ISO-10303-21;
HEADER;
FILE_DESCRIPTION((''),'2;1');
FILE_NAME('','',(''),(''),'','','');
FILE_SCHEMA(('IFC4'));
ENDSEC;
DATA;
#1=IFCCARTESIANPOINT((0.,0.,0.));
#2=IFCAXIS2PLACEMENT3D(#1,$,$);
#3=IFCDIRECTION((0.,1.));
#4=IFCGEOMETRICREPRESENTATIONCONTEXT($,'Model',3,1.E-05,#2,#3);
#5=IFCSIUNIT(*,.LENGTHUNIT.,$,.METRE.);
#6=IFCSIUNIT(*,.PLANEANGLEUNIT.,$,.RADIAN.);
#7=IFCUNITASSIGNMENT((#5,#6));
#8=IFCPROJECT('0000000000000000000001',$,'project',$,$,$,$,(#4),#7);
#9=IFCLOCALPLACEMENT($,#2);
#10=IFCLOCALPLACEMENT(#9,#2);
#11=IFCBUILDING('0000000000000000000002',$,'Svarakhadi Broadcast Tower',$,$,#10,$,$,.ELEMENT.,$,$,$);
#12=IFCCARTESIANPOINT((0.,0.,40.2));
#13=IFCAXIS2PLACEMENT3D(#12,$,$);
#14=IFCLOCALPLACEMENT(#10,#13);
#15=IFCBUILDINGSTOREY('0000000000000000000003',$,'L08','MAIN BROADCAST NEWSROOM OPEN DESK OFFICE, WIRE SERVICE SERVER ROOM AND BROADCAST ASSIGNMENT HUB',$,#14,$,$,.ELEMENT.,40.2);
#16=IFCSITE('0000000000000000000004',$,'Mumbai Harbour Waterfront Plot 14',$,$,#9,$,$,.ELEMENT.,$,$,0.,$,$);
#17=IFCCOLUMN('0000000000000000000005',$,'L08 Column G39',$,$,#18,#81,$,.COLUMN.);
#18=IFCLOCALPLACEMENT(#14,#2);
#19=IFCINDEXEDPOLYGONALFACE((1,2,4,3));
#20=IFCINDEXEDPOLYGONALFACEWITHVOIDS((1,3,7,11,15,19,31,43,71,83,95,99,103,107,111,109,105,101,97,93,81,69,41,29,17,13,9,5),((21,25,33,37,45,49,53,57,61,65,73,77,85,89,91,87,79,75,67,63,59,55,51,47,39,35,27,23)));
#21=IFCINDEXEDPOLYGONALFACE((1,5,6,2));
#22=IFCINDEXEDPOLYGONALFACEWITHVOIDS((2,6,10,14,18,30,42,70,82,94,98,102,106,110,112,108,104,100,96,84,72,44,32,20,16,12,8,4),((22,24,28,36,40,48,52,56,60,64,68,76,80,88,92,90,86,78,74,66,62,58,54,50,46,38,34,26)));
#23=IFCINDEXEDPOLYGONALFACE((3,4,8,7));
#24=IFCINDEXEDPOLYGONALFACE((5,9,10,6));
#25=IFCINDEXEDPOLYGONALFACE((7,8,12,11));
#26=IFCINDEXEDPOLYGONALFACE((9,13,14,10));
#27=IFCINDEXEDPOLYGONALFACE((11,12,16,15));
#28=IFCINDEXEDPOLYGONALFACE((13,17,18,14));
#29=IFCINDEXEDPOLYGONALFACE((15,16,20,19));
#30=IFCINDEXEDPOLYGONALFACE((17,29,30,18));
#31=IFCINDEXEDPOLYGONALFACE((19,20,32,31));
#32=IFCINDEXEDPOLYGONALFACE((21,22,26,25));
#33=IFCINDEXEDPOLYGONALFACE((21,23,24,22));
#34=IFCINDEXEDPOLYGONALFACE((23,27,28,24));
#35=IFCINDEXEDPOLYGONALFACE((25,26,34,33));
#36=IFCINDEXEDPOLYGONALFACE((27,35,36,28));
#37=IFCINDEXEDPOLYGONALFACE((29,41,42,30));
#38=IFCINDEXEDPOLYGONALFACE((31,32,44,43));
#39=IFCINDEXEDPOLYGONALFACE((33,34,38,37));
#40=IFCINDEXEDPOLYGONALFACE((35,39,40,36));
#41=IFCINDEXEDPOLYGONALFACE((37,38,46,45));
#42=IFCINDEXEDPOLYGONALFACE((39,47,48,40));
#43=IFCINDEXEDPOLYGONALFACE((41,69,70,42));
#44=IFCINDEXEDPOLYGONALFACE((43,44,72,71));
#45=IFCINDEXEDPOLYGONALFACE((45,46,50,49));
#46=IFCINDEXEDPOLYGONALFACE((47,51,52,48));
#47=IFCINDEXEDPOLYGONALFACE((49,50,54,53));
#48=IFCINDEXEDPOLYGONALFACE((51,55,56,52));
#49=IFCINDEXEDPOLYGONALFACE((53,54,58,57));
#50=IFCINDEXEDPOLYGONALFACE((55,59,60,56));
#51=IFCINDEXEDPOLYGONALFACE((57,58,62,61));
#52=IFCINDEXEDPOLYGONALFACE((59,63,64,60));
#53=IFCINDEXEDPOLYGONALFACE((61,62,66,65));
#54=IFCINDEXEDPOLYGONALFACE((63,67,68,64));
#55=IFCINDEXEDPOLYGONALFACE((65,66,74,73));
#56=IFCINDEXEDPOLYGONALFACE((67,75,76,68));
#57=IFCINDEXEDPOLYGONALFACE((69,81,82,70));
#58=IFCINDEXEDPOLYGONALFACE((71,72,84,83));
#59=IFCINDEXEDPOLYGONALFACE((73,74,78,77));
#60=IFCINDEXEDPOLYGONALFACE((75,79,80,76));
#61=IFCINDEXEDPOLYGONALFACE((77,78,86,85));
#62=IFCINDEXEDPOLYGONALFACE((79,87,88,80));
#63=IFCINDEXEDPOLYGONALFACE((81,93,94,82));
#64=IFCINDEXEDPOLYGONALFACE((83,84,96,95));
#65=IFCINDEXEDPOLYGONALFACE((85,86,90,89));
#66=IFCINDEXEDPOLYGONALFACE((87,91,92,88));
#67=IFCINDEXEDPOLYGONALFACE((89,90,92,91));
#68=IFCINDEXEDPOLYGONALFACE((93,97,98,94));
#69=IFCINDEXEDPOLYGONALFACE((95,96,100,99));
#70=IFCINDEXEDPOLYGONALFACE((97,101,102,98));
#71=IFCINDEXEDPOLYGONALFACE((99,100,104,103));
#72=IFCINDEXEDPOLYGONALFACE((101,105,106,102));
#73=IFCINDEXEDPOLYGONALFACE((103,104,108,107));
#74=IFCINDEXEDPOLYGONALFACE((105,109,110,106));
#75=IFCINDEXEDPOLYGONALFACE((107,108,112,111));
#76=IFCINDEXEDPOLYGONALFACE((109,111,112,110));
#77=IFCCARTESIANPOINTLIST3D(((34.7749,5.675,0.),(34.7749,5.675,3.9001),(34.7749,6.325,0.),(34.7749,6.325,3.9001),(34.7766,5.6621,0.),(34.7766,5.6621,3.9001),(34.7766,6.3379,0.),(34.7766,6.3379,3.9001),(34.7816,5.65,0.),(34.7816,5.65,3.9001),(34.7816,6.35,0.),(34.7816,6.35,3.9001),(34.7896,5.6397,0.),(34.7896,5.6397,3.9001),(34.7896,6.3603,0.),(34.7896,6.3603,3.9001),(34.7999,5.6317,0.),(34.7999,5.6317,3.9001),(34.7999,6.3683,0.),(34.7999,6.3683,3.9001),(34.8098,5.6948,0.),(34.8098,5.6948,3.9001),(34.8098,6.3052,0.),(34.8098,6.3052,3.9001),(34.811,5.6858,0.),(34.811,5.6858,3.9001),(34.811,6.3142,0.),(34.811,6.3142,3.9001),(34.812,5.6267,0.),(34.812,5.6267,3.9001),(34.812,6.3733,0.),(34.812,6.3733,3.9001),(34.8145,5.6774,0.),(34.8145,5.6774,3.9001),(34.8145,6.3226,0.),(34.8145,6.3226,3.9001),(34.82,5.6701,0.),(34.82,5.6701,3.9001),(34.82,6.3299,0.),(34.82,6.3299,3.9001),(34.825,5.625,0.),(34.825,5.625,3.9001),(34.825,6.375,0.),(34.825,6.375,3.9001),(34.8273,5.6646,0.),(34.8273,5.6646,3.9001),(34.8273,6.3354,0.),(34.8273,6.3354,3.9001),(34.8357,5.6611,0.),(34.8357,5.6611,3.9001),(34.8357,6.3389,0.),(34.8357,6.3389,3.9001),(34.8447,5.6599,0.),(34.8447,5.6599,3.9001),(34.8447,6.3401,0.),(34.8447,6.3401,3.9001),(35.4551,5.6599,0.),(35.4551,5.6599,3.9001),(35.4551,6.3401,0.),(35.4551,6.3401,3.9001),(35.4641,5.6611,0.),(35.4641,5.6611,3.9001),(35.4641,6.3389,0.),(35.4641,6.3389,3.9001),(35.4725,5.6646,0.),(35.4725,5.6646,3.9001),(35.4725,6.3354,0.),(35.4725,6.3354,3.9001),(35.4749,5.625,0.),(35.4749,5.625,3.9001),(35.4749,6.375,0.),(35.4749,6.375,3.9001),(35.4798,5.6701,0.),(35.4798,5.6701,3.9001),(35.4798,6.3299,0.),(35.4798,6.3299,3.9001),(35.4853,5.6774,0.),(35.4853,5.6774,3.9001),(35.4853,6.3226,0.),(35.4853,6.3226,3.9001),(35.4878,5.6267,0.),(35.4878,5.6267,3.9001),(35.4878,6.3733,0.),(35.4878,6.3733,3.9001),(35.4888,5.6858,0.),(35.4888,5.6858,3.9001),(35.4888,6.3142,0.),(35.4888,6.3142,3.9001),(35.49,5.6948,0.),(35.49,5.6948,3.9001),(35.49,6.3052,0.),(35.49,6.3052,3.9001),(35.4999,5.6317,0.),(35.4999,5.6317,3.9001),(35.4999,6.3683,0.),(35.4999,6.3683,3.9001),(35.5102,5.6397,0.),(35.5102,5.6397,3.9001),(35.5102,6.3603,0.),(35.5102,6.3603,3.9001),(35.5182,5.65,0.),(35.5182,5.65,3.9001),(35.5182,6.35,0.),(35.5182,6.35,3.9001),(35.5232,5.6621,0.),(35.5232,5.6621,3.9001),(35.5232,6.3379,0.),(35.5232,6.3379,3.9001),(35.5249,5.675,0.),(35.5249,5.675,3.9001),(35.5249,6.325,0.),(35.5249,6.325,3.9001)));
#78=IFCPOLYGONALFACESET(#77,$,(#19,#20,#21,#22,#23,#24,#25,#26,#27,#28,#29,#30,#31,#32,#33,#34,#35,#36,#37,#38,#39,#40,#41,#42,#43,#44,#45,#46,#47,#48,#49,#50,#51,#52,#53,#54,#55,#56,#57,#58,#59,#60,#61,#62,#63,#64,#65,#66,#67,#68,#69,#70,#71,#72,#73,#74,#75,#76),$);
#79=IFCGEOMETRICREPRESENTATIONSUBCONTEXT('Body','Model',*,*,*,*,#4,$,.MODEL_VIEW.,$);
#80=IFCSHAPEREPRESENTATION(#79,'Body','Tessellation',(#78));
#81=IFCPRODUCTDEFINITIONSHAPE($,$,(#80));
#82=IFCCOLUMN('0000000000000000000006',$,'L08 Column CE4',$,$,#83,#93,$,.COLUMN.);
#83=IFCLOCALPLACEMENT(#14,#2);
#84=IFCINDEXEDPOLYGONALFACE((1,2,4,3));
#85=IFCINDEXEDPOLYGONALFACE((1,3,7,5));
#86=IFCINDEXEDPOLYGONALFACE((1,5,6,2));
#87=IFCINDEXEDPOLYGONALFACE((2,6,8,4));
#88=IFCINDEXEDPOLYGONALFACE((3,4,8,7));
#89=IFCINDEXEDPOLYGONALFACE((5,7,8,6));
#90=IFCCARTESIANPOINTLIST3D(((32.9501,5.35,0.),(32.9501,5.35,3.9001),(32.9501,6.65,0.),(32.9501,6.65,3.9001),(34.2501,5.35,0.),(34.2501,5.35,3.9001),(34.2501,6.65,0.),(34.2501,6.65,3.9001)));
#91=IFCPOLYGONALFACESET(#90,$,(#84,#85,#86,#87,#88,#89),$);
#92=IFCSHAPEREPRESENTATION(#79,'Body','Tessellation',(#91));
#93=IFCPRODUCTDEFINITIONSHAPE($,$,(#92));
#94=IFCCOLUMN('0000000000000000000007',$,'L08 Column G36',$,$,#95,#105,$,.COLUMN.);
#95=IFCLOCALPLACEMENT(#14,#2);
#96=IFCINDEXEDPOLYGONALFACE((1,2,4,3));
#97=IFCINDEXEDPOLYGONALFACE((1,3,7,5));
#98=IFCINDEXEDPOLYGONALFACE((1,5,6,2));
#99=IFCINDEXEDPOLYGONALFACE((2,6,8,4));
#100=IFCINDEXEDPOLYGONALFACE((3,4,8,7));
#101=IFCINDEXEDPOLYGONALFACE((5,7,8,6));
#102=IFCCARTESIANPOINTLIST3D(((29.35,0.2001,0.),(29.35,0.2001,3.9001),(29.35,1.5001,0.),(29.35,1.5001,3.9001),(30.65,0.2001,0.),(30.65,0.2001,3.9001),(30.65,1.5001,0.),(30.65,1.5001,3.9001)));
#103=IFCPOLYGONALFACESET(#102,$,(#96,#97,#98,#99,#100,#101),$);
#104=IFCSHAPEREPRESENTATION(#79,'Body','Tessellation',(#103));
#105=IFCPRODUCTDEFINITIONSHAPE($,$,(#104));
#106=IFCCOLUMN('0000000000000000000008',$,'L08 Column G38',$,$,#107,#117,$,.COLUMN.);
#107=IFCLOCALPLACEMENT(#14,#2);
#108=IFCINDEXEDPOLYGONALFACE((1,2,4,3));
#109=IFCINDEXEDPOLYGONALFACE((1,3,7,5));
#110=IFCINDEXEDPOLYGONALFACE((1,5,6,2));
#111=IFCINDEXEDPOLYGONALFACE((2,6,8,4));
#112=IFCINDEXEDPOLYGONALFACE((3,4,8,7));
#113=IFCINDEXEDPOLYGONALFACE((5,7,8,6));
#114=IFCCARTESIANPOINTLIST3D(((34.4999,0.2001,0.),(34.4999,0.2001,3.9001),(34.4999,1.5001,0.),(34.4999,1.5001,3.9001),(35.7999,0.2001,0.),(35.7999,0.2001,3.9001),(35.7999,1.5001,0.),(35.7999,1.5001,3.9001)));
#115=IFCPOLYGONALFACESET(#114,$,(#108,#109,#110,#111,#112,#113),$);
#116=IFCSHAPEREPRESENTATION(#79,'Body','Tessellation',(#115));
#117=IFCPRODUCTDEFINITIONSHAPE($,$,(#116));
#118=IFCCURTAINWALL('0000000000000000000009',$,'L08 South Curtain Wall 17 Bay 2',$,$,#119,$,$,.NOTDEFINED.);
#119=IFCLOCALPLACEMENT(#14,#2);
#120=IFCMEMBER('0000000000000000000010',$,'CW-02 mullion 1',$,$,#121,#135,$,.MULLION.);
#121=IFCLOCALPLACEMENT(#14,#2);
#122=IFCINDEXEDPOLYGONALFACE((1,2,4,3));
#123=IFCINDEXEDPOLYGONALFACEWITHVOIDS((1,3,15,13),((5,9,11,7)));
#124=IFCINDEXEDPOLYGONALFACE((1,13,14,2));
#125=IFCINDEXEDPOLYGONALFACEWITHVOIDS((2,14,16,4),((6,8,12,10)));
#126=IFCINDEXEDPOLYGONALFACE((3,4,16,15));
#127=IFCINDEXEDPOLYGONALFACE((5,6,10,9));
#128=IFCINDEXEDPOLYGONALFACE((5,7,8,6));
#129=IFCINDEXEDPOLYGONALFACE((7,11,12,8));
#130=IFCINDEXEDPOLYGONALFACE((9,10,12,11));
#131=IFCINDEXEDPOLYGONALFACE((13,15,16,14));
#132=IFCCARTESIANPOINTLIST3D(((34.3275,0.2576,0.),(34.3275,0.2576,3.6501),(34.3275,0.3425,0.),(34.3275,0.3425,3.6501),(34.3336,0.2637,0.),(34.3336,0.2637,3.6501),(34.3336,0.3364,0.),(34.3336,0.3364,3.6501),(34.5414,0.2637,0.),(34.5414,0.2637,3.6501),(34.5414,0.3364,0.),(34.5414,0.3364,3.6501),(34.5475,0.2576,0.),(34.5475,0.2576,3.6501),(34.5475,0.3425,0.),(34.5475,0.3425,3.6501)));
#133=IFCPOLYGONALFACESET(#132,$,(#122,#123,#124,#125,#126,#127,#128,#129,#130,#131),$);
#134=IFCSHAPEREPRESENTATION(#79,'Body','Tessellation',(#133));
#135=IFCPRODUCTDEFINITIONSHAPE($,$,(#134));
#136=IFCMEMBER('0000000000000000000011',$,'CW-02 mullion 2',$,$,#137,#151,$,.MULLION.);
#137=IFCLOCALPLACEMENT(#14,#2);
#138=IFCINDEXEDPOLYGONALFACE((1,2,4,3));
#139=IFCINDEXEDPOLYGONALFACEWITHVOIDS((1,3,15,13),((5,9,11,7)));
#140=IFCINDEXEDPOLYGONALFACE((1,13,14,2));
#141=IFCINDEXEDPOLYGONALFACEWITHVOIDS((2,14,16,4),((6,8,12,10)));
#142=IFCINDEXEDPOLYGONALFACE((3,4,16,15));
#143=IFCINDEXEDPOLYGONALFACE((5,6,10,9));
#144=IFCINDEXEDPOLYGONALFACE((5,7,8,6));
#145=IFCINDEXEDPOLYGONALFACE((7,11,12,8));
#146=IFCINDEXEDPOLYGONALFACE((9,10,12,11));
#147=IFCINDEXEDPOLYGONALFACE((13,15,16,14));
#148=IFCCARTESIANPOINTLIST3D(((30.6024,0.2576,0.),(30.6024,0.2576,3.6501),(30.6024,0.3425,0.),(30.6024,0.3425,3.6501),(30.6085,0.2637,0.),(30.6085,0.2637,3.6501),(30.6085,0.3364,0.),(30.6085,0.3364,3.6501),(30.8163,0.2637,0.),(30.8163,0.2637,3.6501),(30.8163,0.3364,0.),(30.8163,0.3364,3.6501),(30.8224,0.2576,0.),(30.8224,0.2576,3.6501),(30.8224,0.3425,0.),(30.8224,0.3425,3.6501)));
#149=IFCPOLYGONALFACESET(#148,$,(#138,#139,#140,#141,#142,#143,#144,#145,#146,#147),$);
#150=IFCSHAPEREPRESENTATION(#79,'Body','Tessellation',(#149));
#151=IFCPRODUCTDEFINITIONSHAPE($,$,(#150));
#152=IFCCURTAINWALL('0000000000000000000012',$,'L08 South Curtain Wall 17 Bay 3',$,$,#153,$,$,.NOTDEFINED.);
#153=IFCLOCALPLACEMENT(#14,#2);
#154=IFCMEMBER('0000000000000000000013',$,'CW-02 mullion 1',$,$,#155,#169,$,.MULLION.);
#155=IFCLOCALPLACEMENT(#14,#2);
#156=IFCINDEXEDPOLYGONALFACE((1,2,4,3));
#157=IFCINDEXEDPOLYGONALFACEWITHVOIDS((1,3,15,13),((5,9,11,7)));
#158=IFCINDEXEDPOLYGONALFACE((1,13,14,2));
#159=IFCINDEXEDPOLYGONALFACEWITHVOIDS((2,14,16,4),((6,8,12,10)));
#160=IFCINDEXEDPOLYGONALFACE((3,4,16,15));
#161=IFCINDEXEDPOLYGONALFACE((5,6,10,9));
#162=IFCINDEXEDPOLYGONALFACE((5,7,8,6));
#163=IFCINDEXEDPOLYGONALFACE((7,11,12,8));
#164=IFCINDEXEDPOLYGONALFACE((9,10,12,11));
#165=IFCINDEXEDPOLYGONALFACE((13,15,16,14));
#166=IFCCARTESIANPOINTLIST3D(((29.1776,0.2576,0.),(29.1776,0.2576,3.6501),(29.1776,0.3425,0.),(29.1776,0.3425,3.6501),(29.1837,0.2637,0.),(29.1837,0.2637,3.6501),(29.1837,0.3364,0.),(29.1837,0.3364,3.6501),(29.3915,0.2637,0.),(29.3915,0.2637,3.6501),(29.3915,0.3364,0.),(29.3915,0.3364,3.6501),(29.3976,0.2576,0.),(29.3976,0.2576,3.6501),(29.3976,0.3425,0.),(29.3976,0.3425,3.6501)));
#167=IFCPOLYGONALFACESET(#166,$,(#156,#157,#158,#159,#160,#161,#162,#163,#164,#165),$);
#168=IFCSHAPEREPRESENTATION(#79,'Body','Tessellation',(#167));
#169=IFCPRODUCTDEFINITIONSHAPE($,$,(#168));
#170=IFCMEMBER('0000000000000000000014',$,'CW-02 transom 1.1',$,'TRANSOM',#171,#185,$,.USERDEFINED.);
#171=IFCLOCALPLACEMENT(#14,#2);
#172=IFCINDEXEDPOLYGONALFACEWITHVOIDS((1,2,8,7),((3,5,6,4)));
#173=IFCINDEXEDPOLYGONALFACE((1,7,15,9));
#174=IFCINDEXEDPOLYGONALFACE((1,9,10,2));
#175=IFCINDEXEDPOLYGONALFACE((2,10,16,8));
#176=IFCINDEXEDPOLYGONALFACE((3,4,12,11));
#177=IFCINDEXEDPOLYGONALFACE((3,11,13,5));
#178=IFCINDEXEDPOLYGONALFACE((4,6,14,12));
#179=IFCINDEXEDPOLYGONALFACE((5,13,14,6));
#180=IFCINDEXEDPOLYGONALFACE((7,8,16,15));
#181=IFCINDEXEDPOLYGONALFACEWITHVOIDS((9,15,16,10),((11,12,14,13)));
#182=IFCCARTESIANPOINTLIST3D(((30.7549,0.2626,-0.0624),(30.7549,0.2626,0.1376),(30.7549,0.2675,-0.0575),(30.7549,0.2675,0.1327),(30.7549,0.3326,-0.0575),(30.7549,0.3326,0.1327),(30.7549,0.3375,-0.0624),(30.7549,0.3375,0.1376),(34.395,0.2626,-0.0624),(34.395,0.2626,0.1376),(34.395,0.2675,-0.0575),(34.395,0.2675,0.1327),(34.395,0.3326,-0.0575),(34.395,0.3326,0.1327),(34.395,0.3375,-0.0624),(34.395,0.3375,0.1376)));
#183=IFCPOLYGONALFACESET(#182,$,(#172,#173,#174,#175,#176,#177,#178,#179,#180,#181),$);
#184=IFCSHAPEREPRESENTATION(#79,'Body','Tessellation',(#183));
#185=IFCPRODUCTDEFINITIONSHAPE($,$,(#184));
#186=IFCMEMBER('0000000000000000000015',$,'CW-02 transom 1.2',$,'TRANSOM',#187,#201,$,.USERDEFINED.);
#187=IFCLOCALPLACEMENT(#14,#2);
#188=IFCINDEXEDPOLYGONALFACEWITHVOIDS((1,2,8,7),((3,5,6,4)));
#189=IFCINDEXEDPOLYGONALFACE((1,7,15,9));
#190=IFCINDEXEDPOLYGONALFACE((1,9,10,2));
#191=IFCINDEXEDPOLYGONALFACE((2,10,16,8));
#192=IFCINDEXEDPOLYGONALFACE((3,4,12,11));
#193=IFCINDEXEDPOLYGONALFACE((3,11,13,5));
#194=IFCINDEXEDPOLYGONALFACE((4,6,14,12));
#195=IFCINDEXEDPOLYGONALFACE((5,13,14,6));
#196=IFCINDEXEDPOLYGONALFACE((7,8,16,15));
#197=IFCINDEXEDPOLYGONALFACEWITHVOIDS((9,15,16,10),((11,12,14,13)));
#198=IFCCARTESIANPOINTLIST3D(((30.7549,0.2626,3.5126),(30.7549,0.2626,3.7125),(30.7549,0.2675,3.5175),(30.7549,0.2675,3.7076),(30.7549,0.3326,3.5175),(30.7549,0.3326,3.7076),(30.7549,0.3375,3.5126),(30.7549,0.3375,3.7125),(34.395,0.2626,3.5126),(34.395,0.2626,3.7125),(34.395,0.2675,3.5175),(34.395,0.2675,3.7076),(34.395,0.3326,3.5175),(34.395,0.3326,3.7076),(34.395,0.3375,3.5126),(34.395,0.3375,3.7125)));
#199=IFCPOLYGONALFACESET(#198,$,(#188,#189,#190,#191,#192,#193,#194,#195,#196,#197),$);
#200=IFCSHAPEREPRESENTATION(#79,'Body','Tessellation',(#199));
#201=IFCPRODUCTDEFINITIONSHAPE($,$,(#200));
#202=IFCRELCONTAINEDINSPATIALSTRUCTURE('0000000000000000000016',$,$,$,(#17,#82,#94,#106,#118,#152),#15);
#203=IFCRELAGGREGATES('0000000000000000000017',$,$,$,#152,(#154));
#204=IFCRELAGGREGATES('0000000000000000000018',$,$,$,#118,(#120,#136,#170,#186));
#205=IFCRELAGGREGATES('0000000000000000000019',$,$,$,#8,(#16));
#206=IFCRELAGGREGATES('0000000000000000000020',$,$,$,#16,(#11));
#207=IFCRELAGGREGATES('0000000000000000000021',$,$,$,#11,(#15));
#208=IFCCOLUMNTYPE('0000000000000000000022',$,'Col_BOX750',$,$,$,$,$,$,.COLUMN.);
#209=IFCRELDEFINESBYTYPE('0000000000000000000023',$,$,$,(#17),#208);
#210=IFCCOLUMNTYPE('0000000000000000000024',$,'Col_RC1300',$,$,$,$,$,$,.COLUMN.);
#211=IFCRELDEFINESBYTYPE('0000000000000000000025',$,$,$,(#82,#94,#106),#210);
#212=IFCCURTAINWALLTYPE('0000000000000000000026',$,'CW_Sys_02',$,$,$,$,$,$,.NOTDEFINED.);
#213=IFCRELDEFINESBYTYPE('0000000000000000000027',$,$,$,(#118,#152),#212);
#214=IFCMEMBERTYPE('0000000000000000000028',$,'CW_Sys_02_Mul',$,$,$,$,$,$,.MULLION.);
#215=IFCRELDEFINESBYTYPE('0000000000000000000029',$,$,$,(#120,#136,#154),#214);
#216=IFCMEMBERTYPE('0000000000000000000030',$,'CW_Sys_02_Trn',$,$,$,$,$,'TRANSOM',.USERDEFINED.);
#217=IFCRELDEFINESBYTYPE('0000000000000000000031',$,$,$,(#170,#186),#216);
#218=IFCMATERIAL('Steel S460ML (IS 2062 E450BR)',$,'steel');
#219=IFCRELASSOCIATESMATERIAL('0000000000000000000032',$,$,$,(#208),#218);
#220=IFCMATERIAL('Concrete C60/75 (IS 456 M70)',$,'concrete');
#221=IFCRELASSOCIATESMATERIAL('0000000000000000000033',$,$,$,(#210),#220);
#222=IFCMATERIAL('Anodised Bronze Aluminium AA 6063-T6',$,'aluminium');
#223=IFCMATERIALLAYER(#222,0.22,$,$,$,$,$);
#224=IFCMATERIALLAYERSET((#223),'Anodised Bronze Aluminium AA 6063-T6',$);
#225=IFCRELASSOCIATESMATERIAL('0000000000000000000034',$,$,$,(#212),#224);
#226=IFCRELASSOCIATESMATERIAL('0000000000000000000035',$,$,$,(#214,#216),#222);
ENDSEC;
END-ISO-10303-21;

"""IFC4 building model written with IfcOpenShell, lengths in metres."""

from ifc_helpers import new_model, si_unit, direction, frame, origin, origin_2d, place, context, subcontext, project, spatial, rectangle, hollow_rectangle, extrude, material, layer, layer_set, material_profile, profile_set, type_object, element, aggregate, save


model = new_model("IFC4")

# Units and contexts
model_context = context("Model", 3, precision=1e-05, world=origin(), true_north=direction((0.0, 1.0)))
body_context = subcontext(model_context, "Body", "Model", "MODEL_VIEW")
ifc_project = project(units=[si_unit("LENGTHUNIT", "METRE"), si_unit("PLANEANGLEUNIT", "RADIAN")], contexts=[model_context])

# Site, building, storey
site_placement = place(None, origin())
site = spatial("IfcSite", under=ifc_project, at=site_placement, Name="Mumbai Harbour Waterfront Plot 14", CompositionType="ELEMENT", RefElevation=0.0)
building_placement = place(site_placement, origin())
building = spatial("IfcBuilding", under=site, at=building_placement, Name="Svarakhadi Broadcast Tower", CompositionType="ELEMENT")
storey_placement = place(building_placement, frame((0.0, 0.0, 40.2)))
storey = spatial("IfcBuildingStorey", under=building, at=storey_placement, Name="L08", Description="MAIN BROADCAST NEWSROOM OPEN DESK OFFICE, WIRE SERVICE SERVER ROOM AND BROADCAST ASSIGNMENT HUB", CompositionType="ELEMENT", Elevation=40.2)

# Columns
ifc_material_1 = material(Name="Steel S460ML (IS 2062 E450BR)", Category="steel")
ifc_material_profile_1 = material_profile(ifc_material_1, hollow_rectangle(XDim=0.75, YDim=0.75, WallThickness=0.0349, InnerFilletRadius=0.0349, OuterFilletRadius=0.05, at=origin_2d()), Name="BOX 750x750x35")
ifc_profile_set_1 = profile_set([ifc_material_profile_1], Name="Steel S460ML (IS 2062 E450BR)")
column_type_1 = type_object("IfcColumnType", Name="Col_BOX750", PredefinedType="COLUMN", material=ifc_profile_set_1)
column_placement = place(storey_placement, frame((35.1499, 6.0, 0.0), z_axis=(0.0, 0.0, 1.0), x_axis=(1.0, 0.0, 0.0)))
element("IfcColumn", 1, at=column_placement, inside=storey, type_object=column_type_1, Name="L08 Column G39", PredefinedType="COLUMN", context=body_context, shape_type="SweptSolid", body=[
    extrude(hollow_rectangle(XDim=0.75, YDim=0.75, WallThickness=0.0349, InnerFilletRadius=0.0349, OuterFilletRadius=0.05, at=origin_2d()), origin(), (0.0, 0.0, 1.0), 3.9001),
])
ifc_material_2 = material(Name="Concrete C60/75 (IS 456 M70)", Category="concrete")
ifc_material_profile_2 = material_profile(ifc_material_2, rectangle(XDim=1.3, YDim=1.3, at=origin_2d()), Name="RC 1300x1300")
ifc_profile_set_2 = profile_set([ifc_material_profile_2], Name="Concrete C60/75 (IS 456 M70)")
column_type_2 = type_object("IfcColumnType", Name="Col_RC1300", PredefinedType="COLUMN", material=ifc_profile_set_2)
for number, where, z_axis, x_axis, name in (
    (2, (33.6001, 6.0, 0.0), (0.0, 0.0, 1.0), (1.0, 0.0, 0.0), "L08 Column CE4"),
    (3, (30.0, 0.8501, 0.0), (0.0, 0.0, 1.0), (1.0, 0.0, 0.0), "L08 Column G36"),
    (4, (35.1499, 0.8501, 0.0), (0.0, 0.0, 1.0), (1.0, 0.0, 0.0), "L08 Column G38"),
):
    element("IfcColumn", number, at=place(storey_placement, frame(where, z_axis=z_axis, x_axis=x_axis)), inside=storey, type_object=column_type_2, Name=name, PredefinedType="COLUMN", context=body_context, shape_type="SweptSolid", body=[
        extrude(rectangle(XDim=1.3, YDim=1.3, at=origin_2d()), origin(), (0.0, 0.0, 1.0), 3.9001),
    ])

# Curtain wall, members
ifc_material_3 = material(Name="Anodised Bronze Aluminium AA 6063-T6", Category="aluminium")
ifc_layer_1 = layer(ifc_material_3, 0.22)
ifc_layer_set_1 = layer_set([ifc_layer_1], Name="Anodised Bronze Aluminium AA 6063-T6")
curtain_wall_type = type_object("IfcCurtainWallType", Name="CW_Sys_02", PredefinedType="NOTDEFINED", material=ifc_layer_set_1)
curtain_wall_1_placement = place(storey_placement, origin())
curtain_wall_1 = element("IfcCurtainWall", 5, at=curtain_wall_1_placement, inside=storey, type_object=curtain_wall_type, Name="L08 South Curtain Wall 17 Bay 2", PredefinedType="NOTDEFINED")
ifc_material_profile_3 = material_profile(ifc_material_3, hollow_rectangle(XDim=0.085, YDim=0.22, WallThickness=0.0061, at=origin_2d()), Name="ALU MULLION 220x85x6")
ifc_profile_set_3 = profile_set([ifc_material_profile_3], Name="Anodised Bronze Aluminium AA 6063-T6")
member_type_1 = type_object("IfcMemberType", Name="CW_Sys_02_Mul", PredefinedType="MULLION", material=ifc_profile_set_3)
member_1_placement = place(storey_placement, frame((34.4375, 0.3, 0.0), z_axis=(0.0, 0.0, 1.0), x_axis=(0.0, -1.0, 0.0)))
member_1 = element("IfcMember", 6, at=member_1_placement, type_object=member_type_1, Name="CW-02 mullion 1", PredefinedType="MULLION", context=body_context, shape_type="SweptSolid", body=[
    extrude(hollow_rectangle(XDim=0.085, YDim=0.22, WallThickness=0.0061, at=origin_2d()), origin(), (0.0, 0.0, 1.0), 3.6501),
])
member_2_placement = place(storey_placement, frame((30.7124, 0.3, 0.0), z_axis=(0.0, 0.0, 1.0), x_axis=(0.0, -1.0, 0.0)))
member_2 = element("IfcMember", 7, at=member_2_placement, type_object=member_type_1, Name="CW-02 mullion 2", PredefinedType="MULLION", context=body_context, shape_type="SweptSolid", body=[
    extrude(hollow_rectangle(XDim=0.085, YDim=0.22, WallThickness=0.0061, at=origin_2d()), origin(), (0.0, 0.0, 1.0), 3.6501),
])

# Curtain wall, member
curtain_wall_2_placement = place(storey_placement, origin())
curtain_wall_2 = element("IfcCurtainWall", 8, at=curtain_wall_2_placement, inside=storey, type_object=curtain_wall_type, Name="L08 South Curtain Wall 17 Bay 3", PredefinedType="NOTDEFINED")
member_3_placement = place(storey_placement, frame((29.2876, 0.3, 0.0), z_axis=(0.0, 0.0, 1.0), x_axis=(0.0, -1.0, 0.0)))
member_3 = element("IfcMember", 9, at=member_3_placement, type_object=member_type_1, Name="CW-02 mullion 1", PredefinedType="MULLION", context=body_context, shape_type="SweptSolid", body=[
    extrude(hollow_rectangle(XDim=0.085, YDim=0.22, WallThickness=0.0061, at=origin_2d()), origin(), (0.0, 0.0, 1.0), 3.6501),
])
aggregate(curtain_wall_2, [member_3])

# Members
ifc_material_profile_4 = material_profile(ifc_material_3, hollow_rectangle(XDim=0.075, YDim=0.2, WallThickness=0.0049, at=origin_2d()), Name="ALU TRANSOM 200x75x5")
ifc_profile_set_4 = profile_set([ifc_material_profile_4], Name="Anodised Bronze Aluminium AA 6063-T6")
member_type_2 = type_object("IfcMemberType", Name="CW_Sys_02_Trn", ElementType="TRANSOM", PredefinedType="USERDEFINED", material=ifc_profile_set_4)
member_4_placement = place(storey_placement, frame((34.395, 0.3, 0.0376), z_axis=(-1.0, 0.0, 0.0), x_axis=(0.0, -1.0, 0.0)))
member_4 = element("IfcMember", 10, at=member_4_placement, type_object=member_type_2, Name="CW-02 transom 1.1", ObjectType="TRANSOM", PredefinedType="USERDEFINED", context=body_context, shape_type="SweptSolid", body=[
    extrude(hollow_rectangle(XDim=0.075, YDim=0.2, WallThickness=0.0049, at=origin_2d()), origin(), (0.0, 0.0, 1.0), 3.6401),
])
member_5_placement = place(storey_placement, frame((34.395, 0.3, 3.6125), z_axis=(-1.0, 0.0, 0.0), x_axis=(0.0, -1.0, 0.0)))
member_5 = element("IfcMember", 11, at=member_5_placement, type_object=member_type_2, Name="CW-02 transom 1.2", ObjectType="TRANSOM", PredefinedType="USERDEFINED", context=body_context, shape_type="SweptSolid", body=[
    extrude(hollow_rectangle(XDim=0.075, YDim=0.2, WallThickness=0.0049, at=origin_2d()), origin(), (0.0, 0.0, 1.0), 3.6401),
])

aggregate(curtain_wall_1, [member_1, member_2, member_4, member_5])

save(model, "model.ifc")
